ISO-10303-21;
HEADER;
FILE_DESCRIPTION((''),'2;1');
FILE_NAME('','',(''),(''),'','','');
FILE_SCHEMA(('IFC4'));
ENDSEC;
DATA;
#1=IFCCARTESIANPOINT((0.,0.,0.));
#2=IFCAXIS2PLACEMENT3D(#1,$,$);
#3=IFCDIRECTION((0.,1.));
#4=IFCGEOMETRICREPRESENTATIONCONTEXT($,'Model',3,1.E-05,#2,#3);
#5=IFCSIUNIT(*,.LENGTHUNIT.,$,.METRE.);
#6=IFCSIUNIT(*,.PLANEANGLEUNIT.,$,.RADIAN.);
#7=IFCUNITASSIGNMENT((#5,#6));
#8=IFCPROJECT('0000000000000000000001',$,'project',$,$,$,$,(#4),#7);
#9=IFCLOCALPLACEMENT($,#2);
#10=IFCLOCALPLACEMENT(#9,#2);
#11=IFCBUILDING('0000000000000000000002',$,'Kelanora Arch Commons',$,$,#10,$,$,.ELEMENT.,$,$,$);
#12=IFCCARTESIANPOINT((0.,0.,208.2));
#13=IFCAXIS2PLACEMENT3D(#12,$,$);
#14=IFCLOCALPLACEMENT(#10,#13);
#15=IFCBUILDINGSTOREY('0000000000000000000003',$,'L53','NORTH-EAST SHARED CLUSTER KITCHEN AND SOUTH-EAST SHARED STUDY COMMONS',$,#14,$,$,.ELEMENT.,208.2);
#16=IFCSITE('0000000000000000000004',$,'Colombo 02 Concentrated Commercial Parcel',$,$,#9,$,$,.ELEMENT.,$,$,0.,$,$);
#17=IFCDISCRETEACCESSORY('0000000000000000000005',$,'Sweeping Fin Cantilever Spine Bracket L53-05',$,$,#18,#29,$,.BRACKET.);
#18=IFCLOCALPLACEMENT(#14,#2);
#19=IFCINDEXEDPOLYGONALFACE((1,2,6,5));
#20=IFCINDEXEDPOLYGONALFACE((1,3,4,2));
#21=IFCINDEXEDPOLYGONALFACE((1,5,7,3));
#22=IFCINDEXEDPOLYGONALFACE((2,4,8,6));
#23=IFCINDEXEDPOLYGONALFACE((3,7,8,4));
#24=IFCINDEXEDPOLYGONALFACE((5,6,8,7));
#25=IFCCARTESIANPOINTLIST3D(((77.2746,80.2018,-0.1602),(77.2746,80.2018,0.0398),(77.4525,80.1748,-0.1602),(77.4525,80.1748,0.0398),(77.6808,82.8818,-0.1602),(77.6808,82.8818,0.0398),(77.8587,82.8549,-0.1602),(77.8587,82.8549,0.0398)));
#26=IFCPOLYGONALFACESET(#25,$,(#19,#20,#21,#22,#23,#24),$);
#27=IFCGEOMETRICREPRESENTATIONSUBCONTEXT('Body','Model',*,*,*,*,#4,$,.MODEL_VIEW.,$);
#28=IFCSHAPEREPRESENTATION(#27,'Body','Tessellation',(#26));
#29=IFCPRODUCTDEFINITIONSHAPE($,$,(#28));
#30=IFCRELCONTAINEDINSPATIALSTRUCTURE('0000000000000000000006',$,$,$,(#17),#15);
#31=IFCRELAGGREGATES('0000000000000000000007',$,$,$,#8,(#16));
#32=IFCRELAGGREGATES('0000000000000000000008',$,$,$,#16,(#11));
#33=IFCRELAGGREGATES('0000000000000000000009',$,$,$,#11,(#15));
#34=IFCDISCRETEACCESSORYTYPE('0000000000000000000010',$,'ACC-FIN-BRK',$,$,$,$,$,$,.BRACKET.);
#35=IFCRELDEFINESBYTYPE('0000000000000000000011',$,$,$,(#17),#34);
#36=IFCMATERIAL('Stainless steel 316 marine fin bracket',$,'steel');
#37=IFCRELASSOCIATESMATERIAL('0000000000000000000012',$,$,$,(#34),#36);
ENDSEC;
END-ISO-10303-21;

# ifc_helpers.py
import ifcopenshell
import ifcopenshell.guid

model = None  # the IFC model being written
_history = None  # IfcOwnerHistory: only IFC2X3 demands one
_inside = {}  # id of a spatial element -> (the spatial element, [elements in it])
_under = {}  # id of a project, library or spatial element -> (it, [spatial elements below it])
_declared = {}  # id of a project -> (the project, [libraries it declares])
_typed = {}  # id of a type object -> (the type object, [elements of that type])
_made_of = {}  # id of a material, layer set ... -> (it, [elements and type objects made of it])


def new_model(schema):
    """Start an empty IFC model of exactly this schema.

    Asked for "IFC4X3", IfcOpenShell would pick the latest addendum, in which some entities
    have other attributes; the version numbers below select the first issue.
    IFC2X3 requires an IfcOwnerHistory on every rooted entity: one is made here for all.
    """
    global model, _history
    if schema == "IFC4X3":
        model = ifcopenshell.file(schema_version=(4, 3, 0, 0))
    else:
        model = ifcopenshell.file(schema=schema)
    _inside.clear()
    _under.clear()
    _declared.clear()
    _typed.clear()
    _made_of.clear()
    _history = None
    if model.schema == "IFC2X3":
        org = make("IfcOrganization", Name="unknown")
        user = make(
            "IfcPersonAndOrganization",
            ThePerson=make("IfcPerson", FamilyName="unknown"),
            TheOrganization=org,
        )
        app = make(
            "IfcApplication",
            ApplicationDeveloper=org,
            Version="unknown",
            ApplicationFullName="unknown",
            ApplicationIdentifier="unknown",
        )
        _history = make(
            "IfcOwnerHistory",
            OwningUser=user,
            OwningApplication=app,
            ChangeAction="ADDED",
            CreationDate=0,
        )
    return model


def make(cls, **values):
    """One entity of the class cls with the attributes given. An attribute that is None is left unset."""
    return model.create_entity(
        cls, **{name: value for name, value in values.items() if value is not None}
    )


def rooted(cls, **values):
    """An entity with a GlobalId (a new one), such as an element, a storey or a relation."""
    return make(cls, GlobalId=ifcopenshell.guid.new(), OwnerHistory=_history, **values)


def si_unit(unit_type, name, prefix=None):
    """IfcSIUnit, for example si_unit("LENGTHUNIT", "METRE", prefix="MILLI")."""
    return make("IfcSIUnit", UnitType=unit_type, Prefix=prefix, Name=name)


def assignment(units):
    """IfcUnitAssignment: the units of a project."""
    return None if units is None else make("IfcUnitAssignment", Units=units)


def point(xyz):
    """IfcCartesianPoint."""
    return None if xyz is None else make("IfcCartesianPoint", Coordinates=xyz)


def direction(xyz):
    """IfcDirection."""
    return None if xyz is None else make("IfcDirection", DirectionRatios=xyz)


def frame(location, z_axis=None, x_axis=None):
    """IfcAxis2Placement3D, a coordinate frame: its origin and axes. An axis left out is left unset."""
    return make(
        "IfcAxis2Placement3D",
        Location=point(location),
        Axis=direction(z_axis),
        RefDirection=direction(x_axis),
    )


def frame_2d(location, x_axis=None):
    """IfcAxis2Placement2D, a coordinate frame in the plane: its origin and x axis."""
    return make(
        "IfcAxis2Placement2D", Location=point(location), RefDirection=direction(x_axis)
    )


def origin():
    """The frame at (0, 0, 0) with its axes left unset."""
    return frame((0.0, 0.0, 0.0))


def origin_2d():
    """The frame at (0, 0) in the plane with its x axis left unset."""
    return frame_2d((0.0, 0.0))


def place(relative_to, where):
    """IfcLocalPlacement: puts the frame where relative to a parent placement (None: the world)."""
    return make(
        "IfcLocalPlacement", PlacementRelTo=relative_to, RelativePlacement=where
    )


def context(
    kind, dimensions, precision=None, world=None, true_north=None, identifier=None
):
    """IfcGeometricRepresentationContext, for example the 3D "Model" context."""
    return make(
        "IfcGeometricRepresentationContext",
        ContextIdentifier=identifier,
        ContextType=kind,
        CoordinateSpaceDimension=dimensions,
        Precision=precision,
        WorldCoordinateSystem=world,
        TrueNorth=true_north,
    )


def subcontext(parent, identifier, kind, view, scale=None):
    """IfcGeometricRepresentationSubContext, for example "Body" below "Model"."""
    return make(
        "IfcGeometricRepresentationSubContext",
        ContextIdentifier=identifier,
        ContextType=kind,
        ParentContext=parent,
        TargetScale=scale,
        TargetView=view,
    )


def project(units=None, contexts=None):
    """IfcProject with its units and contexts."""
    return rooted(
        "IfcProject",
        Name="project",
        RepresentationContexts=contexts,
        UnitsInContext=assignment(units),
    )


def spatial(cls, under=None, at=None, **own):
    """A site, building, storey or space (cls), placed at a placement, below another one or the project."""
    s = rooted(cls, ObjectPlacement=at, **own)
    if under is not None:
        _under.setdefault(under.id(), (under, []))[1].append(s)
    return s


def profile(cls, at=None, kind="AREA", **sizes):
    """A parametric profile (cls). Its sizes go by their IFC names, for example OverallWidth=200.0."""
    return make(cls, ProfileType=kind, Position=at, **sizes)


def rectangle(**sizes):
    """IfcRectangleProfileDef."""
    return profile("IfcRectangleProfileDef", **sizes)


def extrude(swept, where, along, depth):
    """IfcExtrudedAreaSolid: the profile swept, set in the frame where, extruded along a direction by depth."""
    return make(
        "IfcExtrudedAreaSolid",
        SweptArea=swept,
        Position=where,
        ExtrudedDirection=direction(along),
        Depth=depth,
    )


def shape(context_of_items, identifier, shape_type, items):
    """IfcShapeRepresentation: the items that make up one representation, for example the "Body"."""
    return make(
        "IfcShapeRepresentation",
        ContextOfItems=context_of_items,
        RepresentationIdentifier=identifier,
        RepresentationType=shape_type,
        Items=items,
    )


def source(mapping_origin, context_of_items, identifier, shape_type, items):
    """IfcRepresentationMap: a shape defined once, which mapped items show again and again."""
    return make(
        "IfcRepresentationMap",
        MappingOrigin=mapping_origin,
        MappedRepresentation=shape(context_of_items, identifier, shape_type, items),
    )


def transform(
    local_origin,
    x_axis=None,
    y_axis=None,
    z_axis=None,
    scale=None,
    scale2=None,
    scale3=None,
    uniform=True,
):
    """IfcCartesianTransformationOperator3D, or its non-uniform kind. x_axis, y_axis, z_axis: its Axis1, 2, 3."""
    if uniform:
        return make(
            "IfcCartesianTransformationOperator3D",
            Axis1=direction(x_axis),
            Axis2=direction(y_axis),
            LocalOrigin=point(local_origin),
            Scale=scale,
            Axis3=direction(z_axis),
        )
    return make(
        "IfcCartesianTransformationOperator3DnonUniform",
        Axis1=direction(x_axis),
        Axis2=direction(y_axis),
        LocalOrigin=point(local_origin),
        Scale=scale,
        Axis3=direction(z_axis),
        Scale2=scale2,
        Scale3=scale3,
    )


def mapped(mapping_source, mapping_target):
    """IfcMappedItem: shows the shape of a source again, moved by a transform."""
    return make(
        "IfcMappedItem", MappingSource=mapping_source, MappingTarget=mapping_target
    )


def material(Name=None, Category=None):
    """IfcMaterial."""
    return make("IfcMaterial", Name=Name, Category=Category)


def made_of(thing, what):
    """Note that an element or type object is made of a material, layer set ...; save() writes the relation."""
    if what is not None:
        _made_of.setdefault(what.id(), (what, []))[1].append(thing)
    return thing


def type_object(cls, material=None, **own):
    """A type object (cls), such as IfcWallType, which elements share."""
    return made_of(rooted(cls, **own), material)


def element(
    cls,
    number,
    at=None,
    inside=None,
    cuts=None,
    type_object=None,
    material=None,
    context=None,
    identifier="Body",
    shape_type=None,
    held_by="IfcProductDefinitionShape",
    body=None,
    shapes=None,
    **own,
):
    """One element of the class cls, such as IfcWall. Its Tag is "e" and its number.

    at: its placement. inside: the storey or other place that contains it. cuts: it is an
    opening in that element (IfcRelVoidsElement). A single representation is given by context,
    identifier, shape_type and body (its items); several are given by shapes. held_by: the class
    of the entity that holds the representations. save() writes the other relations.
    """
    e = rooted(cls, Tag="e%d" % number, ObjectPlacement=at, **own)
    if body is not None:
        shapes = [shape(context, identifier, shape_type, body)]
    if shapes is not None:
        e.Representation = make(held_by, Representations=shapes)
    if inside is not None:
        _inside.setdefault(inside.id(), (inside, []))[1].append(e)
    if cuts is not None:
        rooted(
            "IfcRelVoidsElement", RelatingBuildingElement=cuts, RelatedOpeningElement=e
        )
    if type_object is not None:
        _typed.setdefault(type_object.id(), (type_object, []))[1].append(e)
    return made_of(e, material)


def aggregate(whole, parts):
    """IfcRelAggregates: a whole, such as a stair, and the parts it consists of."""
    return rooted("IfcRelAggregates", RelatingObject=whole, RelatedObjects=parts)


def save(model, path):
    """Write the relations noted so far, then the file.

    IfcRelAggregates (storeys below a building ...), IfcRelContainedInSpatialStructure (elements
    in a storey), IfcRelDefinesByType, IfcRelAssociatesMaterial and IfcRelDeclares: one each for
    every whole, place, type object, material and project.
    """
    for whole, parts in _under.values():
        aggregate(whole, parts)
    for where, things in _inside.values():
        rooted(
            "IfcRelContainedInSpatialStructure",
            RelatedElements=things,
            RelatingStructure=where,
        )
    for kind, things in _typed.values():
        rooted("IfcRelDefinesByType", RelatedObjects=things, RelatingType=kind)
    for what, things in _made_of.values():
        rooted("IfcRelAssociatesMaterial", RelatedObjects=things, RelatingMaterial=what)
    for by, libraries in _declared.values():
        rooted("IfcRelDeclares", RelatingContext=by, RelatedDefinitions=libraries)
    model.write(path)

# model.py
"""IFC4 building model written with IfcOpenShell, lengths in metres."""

from ifc_helpers import new_model, si_unit, direction, frame, origin, origin_2d, place, context, subcontext, project, spatial, rectangle, extrude, source, transform, mapped, material, type_object, element, save


model = new_model("IFC4")

# Units and contexts
model_context = context("Model", 3, precision=1e-05, world=origin(), true_north=direction((0.0, 1.0)))
body_context = subcontext(model_context, "Body", "Model", "MODEL_VIEW")
ifc_project = project(units=[si_unit("LENGTHUNIT", "METRE"), si_unit("PLANEANGLEUNIT", "RADIAN")], contexts=[model_context])

# Site, building, storey
site_placement = place(None, origin())
site = spatial("IfcSite", under=ifc_project, at=site_placement, Name="Colombo 02 Concentrated Commercial Parcel", CompositionType="ELEMENT", RefElevation=0.0)
building_placement = place(site_placement, origin())
building = spatial("IfcBuilding", under=site, at=building_placement, Name="Kelanora Arch Commons", CompositionType="ELEMENT")
storey_placement = place(building_placement, frame((0.0, 0.0, 208.2)))
storey = spatial("IfcBuildingStorey", under=building, at=storey_placement, Name="L53", Description="NORTH-EAST SHARED CLUSTER KITCHEN AND SOUTH-EAST SHARED STUDY COMMONS", CompositionType="ELEMENT", Elevation=208.2)

# Discrete accessory
ifc_material_1 = material(Name="Stainless steel 316 marine fin bracket", Category="steel")
discrete_accessory_type = type_object("IfcDiscreteAccessoryType", Name="ACC-FIN-BRK", PredefinedType="BRACKET", material=ifc_material_1)
shared_shape_1 = source(origin(), body_context, "Body", "SweptSolid", [
    extrude(rectangle(XDim=2.7107, YDim=0.1799, at=origin_2d()), origin(), (0.0, 0.0, 1.0), 0.2),
])
discrete_accessory_placement = place(storey_placement, frame((77.5667, 81.5283, -0.1602), z_axis=(0.0, 0.0, 1.0), x_axis=(0.14988, 0.988704, 0.0)))
element("IfcDiscreteAccessory", 1, at=discrete_accessory_placement, inside=storey, type_object=discrete_accessory_type, Name="Sweeping Fin Cantilever Spine Bracket L53-05", PredefinedType="BRACKET", context=body_context, shape_type="MappedRepresentation", body=[
    mapped(shared_shape_1, transform((0.0, 0.0, 0.0), scale=1.0)),
])

save(model, "model.ifc")
